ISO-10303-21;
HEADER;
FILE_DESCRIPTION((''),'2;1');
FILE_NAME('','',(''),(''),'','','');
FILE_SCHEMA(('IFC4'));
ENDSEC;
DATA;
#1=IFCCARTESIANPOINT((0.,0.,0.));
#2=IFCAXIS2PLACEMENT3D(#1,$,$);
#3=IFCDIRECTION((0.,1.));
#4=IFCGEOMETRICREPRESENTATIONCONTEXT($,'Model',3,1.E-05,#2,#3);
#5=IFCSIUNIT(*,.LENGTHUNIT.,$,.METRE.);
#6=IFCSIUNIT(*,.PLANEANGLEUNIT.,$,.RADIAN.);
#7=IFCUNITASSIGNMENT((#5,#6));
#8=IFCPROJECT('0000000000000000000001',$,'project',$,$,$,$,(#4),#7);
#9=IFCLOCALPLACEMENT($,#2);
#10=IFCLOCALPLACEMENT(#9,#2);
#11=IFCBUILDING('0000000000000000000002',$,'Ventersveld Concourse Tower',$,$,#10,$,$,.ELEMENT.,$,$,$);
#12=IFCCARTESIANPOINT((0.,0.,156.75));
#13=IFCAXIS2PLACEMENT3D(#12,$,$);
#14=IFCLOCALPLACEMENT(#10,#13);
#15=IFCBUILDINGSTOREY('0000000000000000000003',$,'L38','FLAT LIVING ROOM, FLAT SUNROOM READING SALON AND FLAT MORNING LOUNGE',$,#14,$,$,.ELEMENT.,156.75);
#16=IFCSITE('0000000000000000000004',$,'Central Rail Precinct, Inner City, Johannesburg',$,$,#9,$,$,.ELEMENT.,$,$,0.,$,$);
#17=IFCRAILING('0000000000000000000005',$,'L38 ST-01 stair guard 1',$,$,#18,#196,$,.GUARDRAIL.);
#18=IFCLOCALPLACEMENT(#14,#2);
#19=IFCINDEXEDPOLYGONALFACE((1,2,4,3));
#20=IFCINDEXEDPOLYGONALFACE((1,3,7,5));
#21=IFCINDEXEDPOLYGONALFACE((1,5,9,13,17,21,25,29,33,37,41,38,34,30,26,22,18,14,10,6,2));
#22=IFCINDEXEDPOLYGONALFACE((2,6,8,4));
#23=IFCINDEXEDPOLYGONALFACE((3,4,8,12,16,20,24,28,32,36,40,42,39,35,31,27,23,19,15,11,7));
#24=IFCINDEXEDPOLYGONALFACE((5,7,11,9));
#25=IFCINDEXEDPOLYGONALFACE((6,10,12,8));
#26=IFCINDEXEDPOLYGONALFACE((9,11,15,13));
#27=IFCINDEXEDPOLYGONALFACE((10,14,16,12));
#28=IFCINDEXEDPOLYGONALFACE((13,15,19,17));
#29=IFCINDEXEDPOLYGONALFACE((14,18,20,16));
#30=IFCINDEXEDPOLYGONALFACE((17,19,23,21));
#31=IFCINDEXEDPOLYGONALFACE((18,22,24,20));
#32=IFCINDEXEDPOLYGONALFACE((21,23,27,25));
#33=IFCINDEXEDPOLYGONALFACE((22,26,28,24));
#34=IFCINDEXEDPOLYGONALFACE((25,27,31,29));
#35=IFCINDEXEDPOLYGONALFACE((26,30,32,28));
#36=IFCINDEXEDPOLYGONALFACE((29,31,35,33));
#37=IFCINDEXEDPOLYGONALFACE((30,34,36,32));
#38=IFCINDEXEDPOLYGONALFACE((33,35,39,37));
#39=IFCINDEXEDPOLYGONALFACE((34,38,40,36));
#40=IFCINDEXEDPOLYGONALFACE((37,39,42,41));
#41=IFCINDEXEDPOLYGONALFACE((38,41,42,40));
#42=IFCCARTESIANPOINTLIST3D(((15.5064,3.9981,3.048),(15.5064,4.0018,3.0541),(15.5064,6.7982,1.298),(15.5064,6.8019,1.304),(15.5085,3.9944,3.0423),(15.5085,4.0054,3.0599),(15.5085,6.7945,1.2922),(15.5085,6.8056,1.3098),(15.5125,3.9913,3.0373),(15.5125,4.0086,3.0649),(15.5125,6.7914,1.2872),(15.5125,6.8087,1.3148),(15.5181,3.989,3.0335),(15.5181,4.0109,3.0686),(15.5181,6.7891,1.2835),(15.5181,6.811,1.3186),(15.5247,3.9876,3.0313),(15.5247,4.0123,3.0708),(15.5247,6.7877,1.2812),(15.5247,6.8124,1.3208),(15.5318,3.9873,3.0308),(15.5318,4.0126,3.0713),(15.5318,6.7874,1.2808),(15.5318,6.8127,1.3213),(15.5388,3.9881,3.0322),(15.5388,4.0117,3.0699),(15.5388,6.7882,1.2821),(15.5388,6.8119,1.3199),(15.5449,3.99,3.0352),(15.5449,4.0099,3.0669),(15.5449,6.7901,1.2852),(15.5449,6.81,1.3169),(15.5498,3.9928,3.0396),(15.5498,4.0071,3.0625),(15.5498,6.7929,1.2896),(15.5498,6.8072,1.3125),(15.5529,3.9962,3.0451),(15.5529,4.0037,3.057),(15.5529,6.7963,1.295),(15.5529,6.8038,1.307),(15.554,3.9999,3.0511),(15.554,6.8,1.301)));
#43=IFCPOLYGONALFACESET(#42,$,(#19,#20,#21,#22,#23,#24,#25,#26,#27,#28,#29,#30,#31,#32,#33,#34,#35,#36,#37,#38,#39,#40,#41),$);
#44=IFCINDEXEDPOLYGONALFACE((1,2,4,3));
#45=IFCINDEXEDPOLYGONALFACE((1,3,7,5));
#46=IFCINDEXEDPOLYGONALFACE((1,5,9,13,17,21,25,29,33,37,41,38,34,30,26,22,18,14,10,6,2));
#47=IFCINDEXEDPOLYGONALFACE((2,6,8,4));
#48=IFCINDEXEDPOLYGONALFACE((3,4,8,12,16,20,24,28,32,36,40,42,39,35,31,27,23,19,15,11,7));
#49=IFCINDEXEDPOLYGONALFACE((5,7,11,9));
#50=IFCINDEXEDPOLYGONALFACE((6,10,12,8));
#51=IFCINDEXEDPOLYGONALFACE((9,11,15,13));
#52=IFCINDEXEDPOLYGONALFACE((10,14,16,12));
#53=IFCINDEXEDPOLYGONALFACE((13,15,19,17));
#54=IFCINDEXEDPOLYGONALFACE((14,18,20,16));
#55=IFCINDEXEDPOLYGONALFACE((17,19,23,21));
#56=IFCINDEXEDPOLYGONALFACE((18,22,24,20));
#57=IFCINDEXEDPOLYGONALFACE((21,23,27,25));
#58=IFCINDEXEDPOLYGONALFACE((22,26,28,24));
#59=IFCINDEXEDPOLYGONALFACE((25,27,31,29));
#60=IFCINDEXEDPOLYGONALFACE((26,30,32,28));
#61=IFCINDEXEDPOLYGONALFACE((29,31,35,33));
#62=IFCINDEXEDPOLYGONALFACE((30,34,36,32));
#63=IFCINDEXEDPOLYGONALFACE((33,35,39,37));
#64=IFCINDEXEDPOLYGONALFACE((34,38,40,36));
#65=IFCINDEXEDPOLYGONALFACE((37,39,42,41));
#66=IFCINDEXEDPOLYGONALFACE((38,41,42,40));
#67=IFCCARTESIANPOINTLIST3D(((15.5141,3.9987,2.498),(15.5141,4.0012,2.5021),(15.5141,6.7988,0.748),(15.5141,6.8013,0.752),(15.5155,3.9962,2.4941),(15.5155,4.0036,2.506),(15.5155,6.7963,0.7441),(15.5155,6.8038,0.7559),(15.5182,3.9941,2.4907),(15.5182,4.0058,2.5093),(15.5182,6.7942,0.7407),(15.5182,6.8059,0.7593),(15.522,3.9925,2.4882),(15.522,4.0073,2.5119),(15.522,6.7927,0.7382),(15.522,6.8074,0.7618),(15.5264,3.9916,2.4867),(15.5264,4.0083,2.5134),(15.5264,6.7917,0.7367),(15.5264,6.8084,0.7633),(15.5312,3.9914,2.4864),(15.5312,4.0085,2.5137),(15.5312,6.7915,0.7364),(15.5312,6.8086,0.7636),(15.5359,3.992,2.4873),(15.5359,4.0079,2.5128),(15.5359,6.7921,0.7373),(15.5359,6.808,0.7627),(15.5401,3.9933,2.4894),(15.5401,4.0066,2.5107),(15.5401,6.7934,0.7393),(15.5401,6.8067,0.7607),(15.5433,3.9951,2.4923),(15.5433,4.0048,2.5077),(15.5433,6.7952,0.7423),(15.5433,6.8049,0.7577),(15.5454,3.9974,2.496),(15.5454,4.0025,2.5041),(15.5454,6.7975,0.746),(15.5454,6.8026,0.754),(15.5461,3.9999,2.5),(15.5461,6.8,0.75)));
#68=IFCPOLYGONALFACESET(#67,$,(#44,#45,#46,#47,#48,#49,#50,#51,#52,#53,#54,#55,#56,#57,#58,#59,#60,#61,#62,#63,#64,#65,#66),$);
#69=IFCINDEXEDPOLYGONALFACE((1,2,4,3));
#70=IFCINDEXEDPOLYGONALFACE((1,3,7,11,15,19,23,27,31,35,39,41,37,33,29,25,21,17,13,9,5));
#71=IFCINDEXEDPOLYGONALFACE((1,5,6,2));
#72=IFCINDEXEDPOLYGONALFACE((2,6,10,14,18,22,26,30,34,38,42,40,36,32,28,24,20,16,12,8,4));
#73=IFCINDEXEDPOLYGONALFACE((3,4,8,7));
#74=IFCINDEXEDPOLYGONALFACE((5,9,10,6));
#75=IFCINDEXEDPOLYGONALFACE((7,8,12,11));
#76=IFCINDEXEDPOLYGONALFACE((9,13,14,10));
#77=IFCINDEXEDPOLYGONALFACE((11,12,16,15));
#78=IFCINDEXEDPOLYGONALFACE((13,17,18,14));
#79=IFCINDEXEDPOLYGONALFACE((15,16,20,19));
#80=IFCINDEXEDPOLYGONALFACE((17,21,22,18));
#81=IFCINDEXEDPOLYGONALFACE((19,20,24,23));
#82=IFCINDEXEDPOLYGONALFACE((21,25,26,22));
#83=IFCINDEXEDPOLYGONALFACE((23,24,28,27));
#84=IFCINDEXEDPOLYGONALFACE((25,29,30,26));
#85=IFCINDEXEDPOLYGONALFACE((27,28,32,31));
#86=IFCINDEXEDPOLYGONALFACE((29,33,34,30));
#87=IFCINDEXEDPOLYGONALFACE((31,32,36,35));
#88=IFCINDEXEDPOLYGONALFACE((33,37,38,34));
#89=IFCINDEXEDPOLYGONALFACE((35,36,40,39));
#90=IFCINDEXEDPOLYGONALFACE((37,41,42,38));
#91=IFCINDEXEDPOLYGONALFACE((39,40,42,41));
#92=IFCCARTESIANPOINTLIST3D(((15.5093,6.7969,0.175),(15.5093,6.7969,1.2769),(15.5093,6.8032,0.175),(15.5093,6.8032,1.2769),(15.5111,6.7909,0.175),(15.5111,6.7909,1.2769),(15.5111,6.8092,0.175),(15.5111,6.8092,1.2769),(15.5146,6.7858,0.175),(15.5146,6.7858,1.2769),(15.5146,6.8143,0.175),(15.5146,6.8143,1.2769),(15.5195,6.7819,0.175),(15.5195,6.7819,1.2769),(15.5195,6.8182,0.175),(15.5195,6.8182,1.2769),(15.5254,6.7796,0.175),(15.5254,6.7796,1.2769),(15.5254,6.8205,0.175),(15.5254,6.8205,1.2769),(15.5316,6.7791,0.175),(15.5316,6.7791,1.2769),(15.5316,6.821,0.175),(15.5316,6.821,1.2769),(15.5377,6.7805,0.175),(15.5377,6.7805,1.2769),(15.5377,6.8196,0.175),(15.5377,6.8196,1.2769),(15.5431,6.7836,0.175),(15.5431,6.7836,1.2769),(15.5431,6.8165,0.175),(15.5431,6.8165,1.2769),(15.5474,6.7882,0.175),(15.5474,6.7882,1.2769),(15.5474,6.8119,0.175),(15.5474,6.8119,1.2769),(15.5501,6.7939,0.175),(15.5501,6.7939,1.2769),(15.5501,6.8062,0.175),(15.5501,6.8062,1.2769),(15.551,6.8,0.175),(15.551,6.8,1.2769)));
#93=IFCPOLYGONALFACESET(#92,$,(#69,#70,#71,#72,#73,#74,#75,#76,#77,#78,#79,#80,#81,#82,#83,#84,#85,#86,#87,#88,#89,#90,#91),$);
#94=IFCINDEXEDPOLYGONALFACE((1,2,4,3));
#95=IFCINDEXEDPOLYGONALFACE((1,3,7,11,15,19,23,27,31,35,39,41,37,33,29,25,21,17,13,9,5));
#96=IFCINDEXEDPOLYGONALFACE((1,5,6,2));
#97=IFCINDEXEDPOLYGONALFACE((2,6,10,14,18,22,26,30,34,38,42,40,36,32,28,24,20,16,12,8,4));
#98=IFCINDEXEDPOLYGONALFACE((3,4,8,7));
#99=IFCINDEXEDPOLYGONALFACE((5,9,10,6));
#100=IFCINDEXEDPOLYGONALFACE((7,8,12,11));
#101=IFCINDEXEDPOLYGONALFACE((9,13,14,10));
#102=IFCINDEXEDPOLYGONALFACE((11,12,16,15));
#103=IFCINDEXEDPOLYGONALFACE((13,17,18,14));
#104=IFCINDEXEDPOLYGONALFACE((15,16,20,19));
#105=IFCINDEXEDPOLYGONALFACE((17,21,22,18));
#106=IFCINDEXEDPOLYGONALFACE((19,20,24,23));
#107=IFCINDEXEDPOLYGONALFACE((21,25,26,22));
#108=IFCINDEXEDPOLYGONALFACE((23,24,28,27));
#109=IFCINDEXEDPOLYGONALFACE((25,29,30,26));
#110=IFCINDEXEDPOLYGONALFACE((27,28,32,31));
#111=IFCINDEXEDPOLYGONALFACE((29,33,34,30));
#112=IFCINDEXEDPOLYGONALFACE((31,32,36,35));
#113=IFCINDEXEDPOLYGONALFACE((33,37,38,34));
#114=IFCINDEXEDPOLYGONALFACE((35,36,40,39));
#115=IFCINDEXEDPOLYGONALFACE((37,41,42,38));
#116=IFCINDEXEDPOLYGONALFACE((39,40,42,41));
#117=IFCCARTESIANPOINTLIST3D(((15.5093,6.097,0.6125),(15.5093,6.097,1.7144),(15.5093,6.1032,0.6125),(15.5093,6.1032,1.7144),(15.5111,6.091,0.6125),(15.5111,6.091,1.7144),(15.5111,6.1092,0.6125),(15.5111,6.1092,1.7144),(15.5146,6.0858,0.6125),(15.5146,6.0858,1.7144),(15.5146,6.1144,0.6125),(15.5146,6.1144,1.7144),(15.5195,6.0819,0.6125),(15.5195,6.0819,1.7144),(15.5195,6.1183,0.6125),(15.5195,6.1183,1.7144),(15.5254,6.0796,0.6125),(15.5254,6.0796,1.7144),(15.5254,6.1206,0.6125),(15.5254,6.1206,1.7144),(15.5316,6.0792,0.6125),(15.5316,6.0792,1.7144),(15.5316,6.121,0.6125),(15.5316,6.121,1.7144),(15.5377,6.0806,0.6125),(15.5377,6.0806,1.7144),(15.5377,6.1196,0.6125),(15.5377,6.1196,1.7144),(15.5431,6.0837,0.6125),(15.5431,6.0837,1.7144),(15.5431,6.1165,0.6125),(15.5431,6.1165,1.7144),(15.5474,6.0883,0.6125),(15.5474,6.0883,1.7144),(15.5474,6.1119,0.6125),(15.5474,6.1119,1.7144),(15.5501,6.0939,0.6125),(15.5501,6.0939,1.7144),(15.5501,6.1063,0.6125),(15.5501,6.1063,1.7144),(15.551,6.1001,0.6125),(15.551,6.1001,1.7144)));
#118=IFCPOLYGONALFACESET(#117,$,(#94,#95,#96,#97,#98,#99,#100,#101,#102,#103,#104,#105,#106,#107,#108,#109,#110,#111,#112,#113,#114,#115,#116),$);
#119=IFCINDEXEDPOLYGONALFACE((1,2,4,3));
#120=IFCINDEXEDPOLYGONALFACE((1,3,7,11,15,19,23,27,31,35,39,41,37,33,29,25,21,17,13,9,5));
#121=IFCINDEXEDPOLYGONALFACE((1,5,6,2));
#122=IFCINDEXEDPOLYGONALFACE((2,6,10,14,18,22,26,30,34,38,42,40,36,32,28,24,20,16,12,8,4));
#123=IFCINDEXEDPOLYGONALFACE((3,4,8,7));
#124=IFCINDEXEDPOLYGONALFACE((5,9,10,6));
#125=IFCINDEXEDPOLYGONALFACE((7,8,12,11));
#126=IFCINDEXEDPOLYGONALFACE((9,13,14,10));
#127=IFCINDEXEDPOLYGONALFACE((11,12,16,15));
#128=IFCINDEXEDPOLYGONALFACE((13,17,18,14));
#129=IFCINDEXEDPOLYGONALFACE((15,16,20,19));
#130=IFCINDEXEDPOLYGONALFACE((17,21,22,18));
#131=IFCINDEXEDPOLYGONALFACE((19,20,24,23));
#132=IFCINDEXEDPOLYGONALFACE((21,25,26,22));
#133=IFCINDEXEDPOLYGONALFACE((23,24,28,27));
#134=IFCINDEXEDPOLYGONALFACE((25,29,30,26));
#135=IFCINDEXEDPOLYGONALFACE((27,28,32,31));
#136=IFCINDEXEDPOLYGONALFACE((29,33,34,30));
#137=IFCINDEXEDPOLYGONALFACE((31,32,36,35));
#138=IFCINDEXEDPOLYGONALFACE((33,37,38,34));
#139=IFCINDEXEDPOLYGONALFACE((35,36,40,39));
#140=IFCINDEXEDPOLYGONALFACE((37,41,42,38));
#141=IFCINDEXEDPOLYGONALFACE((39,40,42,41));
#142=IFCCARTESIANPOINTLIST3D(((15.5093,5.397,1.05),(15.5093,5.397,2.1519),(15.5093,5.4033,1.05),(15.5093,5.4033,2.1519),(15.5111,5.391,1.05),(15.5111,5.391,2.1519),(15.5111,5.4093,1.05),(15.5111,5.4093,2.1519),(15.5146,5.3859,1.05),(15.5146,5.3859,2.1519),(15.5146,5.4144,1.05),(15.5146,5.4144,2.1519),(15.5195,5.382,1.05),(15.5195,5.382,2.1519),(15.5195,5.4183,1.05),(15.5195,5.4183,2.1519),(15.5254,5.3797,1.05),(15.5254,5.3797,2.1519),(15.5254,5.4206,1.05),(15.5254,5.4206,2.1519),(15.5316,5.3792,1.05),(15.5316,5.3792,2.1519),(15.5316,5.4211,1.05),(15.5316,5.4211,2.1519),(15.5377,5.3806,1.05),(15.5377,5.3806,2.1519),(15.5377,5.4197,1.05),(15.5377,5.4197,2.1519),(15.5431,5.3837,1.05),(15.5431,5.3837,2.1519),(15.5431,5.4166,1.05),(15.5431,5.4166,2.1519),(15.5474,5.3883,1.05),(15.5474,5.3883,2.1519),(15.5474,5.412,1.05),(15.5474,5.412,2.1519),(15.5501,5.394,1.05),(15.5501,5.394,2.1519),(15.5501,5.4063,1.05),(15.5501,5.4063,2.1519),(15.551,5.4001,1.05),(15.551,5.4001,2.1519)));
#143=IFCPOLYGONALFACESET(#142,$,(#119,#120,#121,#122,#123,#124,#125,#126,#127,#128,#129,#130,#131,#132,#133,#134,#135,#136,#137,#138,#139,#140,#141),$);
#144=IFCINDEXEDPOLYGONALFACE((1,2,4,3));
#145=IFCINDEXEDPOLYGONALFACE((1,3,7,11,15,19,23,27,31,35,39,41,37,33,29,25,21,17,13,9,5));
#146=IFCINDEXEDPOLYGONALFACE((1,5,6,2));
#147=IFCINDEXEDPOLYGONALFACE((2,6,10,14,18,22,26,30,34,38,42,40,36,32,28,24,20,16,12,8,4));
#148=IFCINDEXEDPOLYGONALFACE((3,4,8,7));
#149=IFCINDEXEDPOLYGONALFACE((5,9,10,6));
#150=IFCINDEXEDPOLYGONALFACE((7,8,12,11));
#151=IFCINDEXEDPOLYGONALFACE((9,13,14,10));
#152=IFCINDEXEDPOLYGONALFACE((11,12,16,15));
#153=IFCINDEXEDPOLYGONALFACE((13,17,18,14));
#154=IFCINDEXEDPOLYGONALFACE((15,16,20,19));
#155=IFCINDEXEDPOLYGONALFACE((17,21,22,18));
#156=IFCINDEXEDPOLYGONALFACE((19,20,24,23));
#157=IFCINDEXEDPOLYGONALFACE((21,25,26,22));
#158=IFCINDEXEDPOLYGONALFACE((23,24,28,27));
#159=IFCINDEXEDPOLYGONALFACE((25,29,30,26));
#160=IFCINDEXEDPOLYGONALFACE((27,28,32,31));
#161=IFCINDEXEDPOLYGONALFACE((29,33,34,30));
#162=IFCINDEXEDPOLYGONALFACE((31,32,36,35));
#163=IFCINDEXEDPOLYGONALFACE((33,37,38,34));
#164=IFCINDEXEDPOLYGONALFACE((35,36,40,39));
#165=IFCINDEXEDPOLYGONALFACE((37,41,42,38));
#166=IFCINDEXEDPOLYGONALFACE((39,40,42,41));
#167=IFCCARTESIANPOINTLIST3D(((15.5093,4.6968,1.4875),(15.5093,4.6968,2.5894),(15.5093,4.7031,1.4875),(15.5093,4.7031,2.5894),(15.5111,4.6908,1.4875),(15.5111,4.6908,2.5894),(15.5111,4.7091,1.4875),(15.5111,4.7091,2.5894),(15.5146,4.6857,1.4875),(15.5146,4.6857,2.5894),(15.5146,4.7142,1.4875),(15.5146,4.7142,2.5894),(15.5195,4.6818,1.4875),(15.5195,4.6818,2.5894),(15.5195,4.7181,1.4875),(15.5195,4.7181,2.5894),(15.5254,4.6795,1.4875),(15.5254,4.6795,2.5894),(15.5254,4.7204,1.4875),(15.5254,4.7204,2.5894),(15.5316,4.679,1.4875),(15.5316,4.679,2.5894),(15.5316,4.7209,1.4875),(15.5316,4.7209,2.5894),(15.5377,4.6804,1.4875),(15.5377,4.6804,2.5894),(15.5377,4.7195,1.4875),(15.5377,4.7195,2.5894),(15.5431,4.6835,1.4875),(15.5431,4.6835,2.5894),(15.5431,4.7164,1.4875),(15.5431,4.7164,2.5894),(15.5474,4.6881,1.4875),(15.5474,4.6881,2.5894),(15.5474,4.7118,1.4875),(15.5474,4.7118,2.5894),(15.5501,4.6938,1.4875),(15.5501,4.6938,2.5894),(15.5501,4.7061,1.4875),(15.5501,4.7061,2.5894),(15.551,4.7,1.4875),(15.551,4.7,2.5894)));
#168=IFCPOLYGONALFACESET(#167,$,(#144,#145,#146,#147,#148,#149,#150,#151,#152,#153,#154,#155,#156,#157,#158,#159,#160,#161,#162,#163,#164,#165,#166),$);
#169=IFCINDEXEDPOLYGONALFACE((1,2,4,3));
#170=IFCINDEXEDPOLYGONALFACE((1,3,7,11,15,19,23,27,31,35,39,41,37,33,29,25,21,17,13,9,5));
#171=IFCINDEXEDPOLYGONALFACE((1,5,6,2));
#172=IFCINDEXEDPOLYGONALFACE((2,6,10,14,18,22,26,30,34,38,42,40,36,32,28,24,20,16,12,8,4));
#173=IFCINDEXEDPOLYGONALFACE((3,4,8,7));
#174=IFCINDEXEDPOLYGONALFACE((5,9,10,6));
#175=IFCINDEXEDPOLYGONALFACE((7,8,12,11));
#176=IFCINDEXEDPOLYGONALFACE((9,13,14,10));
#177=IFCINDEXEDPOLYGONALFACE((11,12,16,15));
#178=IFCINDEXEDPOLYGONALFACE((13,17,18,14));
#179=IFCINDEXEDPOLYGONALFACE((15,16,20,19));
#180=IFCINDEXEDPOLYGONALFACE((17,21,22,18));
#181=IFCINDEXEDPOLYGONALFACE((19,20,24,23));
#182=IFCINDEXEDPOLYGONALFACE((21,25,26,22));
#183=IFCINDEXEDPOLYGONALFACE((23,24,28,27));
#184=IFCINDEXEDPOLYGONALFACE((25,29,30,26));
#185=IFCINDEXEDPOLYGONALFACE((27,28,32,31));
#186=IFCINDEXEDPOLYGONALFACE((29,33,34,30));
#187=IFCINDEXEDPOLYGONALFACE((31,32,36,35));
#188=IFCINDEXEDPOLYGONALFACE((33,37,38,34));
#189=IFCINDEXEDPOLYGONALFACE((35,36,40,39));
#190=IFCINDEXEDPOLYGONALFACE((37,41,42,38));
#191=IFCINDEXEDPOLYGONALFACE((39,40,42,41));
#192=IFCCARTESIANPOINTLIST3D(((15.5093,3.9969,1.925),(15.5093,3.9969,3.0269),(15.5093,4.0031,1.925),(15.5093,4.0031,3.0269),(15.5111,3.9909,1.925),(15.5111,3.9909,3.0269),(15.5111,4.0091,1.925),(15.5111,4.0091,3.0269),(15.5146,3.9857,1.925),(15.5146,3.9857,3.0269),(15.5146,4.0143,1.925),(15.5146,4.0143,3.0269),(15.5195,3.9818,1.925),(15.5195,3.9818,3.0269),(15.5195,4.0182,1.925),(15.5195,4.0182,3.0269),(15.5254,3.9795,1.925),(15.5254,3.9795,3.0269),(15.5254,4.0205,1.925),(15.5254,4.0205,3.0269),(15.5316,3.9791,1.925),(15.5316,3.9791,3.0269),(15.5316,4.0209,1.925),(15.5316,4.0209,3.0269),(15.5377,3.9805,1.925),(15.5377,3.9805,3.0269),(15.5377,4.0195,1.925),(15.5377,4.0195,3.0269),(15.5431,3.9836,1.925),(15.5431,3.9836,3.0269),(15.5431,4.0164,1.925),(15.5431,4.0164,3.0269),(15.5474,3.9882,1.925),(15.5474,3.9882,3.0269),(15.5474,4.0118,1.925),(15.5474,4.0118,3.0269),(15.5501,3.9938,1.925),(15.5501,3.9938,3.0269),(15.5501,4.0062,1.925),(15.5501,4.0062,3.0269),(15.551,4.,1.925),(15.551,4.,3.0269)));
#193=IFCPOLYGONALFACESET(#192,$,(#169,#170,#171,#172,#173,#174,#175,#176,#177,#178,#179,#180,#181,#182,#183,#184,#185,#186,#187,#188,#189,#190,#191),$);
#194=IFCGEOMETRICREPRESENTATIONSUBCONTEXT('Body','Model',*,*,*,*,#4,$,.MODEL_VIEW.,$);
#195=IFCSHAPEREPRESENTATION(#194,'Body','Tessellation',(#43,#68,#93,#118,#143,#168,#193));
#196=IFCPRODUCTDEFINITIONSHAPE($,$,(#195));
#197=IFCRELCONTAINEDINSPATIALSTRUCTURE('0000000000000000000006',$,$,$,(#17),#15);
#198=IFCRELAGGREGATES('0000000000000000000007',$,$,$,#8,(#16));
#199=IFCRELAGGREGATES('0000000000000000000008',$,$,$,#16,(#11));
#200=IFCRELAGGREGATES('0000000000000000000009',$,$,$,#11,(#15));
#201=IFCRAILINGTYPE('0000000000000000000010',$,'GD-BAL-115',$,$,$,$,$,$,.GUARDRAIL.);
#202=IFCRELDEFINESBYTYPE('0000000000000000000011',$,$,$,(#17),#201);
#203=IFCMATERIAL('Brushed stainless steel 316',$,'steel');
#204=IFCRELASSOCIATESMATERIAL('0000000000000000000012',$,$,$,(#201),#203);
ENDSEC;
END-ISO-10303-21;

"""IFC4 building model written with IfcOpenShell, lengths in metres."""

from ifc_helpers import new_model, si_unit, direction, frame, origin, origin_2d, place, context, subcontext, project, spatial, circle, extrude, material, type_object, element, save


model = new_model("IFC4")

# Units and contexts
model_context = context("Model", 3, precision=1e-05, world=origin(), true_north=direction((0.0, 1.0)))
body_context = subcontext(model_context, "Body", "Model", "MODEL_VIEW")
ifc_project = project(units=[si_unit("LENGTHUNIT", "METRE"), si_unit("PLANEANGLEUNIT", "RADIAN")], contexts=[model_context])

# Site, building, storey
site_placement = place(None, origin())
site = spatial("IfcSite", under=ifc_project, at=site_placement, Name="Central Rail Precinct, Inner City, Johannesburg", CompositionType="ELEMENT", RefElevation=0.0)
building_placement = place(site_placement, origin())
building = spatial("IfcBuilding", under=site, at=building_placement, Name="Ventersveld Concourse Tower", CompositionType="ELEMENT")
storey_placement = place(building_placement, frame((0.0, 0.0, 156.75)))
storey = spatial("IfcBuildingStorey", under=building, at=storey_placement, Name="L38", Description="FLAT LIVING ROOM, FLAT SUNROOM READING SALON AND FLAT MORNING LOUNGE", CompositionType="ELEMENT", Elevation=156.75)

# Shared definitions
ifc_material_1 = material(Name="Brushed stainless steel 316", Category="steel")

# Railing
railing_type_1 = type_object("IfcRailingType", Name="GD-BAL-115", PredefinedType="GUARDRAIL", material=ifc_material_1)
railing_1_placement = place(storey_placement, frame((15.53, 6.8, 0.175)))
element("IfcRailing", 1, at=railing_1_placement, inside=storey, type_object=railing_type_1, Name="L38 ST-01 stair guard 1", PredefinedType="GUARDRAIL", context=body_context, shape_type="SweptSolid", body=[
    extrude(circle(Radius=0.0239, at=origin_2d()), frame((0.0, 0.0, 1.126), z_axis=(0.0, -0.848002, 0.529992), x_axis=(1.0, 0.0, 0.0)), (0.0, 0.0, 1.0), 3.302),
    extrude(circle(Radius=0.0161, at=origin_2d()), frame((0.0, 0.0, 0.575), z_axis=(0.0, -0.848002, 0.529992), x_axis=(1.0, 0.0, 0.0)), (0.0, 0.0, 1.0), 3.302),
    extrude(circle(Radius=0.021, at=origin_2d()), origin(), (0.0, 0.0, 1.0), 1.1018),
    extrude(circle(Radius=0.021, at=origin_2d()), frame((0.0, -0.7, 0.4375)), (0.0, 0.0, 1.0), 1.1018),
    extrude(circle(Radius=0.021, at=origin_2d()), frame((0.0, -1.3999, 0.875)), (0.0, 0.0, 1.0), 1.1018),
    extrude(circle(Radius=0.021, at=origin_2d()), frame((0.0, -2.1001, 1.3125)), (0.0, 0.0, 1.0), 1.1018),
    extrude(circle(Radius=0.021, at=origin_2d()), frame((0.0, -2.8, 1.75)), (0.0, 0.0, 1.0), 1.1018),
])

save(model, "model.ifc")
